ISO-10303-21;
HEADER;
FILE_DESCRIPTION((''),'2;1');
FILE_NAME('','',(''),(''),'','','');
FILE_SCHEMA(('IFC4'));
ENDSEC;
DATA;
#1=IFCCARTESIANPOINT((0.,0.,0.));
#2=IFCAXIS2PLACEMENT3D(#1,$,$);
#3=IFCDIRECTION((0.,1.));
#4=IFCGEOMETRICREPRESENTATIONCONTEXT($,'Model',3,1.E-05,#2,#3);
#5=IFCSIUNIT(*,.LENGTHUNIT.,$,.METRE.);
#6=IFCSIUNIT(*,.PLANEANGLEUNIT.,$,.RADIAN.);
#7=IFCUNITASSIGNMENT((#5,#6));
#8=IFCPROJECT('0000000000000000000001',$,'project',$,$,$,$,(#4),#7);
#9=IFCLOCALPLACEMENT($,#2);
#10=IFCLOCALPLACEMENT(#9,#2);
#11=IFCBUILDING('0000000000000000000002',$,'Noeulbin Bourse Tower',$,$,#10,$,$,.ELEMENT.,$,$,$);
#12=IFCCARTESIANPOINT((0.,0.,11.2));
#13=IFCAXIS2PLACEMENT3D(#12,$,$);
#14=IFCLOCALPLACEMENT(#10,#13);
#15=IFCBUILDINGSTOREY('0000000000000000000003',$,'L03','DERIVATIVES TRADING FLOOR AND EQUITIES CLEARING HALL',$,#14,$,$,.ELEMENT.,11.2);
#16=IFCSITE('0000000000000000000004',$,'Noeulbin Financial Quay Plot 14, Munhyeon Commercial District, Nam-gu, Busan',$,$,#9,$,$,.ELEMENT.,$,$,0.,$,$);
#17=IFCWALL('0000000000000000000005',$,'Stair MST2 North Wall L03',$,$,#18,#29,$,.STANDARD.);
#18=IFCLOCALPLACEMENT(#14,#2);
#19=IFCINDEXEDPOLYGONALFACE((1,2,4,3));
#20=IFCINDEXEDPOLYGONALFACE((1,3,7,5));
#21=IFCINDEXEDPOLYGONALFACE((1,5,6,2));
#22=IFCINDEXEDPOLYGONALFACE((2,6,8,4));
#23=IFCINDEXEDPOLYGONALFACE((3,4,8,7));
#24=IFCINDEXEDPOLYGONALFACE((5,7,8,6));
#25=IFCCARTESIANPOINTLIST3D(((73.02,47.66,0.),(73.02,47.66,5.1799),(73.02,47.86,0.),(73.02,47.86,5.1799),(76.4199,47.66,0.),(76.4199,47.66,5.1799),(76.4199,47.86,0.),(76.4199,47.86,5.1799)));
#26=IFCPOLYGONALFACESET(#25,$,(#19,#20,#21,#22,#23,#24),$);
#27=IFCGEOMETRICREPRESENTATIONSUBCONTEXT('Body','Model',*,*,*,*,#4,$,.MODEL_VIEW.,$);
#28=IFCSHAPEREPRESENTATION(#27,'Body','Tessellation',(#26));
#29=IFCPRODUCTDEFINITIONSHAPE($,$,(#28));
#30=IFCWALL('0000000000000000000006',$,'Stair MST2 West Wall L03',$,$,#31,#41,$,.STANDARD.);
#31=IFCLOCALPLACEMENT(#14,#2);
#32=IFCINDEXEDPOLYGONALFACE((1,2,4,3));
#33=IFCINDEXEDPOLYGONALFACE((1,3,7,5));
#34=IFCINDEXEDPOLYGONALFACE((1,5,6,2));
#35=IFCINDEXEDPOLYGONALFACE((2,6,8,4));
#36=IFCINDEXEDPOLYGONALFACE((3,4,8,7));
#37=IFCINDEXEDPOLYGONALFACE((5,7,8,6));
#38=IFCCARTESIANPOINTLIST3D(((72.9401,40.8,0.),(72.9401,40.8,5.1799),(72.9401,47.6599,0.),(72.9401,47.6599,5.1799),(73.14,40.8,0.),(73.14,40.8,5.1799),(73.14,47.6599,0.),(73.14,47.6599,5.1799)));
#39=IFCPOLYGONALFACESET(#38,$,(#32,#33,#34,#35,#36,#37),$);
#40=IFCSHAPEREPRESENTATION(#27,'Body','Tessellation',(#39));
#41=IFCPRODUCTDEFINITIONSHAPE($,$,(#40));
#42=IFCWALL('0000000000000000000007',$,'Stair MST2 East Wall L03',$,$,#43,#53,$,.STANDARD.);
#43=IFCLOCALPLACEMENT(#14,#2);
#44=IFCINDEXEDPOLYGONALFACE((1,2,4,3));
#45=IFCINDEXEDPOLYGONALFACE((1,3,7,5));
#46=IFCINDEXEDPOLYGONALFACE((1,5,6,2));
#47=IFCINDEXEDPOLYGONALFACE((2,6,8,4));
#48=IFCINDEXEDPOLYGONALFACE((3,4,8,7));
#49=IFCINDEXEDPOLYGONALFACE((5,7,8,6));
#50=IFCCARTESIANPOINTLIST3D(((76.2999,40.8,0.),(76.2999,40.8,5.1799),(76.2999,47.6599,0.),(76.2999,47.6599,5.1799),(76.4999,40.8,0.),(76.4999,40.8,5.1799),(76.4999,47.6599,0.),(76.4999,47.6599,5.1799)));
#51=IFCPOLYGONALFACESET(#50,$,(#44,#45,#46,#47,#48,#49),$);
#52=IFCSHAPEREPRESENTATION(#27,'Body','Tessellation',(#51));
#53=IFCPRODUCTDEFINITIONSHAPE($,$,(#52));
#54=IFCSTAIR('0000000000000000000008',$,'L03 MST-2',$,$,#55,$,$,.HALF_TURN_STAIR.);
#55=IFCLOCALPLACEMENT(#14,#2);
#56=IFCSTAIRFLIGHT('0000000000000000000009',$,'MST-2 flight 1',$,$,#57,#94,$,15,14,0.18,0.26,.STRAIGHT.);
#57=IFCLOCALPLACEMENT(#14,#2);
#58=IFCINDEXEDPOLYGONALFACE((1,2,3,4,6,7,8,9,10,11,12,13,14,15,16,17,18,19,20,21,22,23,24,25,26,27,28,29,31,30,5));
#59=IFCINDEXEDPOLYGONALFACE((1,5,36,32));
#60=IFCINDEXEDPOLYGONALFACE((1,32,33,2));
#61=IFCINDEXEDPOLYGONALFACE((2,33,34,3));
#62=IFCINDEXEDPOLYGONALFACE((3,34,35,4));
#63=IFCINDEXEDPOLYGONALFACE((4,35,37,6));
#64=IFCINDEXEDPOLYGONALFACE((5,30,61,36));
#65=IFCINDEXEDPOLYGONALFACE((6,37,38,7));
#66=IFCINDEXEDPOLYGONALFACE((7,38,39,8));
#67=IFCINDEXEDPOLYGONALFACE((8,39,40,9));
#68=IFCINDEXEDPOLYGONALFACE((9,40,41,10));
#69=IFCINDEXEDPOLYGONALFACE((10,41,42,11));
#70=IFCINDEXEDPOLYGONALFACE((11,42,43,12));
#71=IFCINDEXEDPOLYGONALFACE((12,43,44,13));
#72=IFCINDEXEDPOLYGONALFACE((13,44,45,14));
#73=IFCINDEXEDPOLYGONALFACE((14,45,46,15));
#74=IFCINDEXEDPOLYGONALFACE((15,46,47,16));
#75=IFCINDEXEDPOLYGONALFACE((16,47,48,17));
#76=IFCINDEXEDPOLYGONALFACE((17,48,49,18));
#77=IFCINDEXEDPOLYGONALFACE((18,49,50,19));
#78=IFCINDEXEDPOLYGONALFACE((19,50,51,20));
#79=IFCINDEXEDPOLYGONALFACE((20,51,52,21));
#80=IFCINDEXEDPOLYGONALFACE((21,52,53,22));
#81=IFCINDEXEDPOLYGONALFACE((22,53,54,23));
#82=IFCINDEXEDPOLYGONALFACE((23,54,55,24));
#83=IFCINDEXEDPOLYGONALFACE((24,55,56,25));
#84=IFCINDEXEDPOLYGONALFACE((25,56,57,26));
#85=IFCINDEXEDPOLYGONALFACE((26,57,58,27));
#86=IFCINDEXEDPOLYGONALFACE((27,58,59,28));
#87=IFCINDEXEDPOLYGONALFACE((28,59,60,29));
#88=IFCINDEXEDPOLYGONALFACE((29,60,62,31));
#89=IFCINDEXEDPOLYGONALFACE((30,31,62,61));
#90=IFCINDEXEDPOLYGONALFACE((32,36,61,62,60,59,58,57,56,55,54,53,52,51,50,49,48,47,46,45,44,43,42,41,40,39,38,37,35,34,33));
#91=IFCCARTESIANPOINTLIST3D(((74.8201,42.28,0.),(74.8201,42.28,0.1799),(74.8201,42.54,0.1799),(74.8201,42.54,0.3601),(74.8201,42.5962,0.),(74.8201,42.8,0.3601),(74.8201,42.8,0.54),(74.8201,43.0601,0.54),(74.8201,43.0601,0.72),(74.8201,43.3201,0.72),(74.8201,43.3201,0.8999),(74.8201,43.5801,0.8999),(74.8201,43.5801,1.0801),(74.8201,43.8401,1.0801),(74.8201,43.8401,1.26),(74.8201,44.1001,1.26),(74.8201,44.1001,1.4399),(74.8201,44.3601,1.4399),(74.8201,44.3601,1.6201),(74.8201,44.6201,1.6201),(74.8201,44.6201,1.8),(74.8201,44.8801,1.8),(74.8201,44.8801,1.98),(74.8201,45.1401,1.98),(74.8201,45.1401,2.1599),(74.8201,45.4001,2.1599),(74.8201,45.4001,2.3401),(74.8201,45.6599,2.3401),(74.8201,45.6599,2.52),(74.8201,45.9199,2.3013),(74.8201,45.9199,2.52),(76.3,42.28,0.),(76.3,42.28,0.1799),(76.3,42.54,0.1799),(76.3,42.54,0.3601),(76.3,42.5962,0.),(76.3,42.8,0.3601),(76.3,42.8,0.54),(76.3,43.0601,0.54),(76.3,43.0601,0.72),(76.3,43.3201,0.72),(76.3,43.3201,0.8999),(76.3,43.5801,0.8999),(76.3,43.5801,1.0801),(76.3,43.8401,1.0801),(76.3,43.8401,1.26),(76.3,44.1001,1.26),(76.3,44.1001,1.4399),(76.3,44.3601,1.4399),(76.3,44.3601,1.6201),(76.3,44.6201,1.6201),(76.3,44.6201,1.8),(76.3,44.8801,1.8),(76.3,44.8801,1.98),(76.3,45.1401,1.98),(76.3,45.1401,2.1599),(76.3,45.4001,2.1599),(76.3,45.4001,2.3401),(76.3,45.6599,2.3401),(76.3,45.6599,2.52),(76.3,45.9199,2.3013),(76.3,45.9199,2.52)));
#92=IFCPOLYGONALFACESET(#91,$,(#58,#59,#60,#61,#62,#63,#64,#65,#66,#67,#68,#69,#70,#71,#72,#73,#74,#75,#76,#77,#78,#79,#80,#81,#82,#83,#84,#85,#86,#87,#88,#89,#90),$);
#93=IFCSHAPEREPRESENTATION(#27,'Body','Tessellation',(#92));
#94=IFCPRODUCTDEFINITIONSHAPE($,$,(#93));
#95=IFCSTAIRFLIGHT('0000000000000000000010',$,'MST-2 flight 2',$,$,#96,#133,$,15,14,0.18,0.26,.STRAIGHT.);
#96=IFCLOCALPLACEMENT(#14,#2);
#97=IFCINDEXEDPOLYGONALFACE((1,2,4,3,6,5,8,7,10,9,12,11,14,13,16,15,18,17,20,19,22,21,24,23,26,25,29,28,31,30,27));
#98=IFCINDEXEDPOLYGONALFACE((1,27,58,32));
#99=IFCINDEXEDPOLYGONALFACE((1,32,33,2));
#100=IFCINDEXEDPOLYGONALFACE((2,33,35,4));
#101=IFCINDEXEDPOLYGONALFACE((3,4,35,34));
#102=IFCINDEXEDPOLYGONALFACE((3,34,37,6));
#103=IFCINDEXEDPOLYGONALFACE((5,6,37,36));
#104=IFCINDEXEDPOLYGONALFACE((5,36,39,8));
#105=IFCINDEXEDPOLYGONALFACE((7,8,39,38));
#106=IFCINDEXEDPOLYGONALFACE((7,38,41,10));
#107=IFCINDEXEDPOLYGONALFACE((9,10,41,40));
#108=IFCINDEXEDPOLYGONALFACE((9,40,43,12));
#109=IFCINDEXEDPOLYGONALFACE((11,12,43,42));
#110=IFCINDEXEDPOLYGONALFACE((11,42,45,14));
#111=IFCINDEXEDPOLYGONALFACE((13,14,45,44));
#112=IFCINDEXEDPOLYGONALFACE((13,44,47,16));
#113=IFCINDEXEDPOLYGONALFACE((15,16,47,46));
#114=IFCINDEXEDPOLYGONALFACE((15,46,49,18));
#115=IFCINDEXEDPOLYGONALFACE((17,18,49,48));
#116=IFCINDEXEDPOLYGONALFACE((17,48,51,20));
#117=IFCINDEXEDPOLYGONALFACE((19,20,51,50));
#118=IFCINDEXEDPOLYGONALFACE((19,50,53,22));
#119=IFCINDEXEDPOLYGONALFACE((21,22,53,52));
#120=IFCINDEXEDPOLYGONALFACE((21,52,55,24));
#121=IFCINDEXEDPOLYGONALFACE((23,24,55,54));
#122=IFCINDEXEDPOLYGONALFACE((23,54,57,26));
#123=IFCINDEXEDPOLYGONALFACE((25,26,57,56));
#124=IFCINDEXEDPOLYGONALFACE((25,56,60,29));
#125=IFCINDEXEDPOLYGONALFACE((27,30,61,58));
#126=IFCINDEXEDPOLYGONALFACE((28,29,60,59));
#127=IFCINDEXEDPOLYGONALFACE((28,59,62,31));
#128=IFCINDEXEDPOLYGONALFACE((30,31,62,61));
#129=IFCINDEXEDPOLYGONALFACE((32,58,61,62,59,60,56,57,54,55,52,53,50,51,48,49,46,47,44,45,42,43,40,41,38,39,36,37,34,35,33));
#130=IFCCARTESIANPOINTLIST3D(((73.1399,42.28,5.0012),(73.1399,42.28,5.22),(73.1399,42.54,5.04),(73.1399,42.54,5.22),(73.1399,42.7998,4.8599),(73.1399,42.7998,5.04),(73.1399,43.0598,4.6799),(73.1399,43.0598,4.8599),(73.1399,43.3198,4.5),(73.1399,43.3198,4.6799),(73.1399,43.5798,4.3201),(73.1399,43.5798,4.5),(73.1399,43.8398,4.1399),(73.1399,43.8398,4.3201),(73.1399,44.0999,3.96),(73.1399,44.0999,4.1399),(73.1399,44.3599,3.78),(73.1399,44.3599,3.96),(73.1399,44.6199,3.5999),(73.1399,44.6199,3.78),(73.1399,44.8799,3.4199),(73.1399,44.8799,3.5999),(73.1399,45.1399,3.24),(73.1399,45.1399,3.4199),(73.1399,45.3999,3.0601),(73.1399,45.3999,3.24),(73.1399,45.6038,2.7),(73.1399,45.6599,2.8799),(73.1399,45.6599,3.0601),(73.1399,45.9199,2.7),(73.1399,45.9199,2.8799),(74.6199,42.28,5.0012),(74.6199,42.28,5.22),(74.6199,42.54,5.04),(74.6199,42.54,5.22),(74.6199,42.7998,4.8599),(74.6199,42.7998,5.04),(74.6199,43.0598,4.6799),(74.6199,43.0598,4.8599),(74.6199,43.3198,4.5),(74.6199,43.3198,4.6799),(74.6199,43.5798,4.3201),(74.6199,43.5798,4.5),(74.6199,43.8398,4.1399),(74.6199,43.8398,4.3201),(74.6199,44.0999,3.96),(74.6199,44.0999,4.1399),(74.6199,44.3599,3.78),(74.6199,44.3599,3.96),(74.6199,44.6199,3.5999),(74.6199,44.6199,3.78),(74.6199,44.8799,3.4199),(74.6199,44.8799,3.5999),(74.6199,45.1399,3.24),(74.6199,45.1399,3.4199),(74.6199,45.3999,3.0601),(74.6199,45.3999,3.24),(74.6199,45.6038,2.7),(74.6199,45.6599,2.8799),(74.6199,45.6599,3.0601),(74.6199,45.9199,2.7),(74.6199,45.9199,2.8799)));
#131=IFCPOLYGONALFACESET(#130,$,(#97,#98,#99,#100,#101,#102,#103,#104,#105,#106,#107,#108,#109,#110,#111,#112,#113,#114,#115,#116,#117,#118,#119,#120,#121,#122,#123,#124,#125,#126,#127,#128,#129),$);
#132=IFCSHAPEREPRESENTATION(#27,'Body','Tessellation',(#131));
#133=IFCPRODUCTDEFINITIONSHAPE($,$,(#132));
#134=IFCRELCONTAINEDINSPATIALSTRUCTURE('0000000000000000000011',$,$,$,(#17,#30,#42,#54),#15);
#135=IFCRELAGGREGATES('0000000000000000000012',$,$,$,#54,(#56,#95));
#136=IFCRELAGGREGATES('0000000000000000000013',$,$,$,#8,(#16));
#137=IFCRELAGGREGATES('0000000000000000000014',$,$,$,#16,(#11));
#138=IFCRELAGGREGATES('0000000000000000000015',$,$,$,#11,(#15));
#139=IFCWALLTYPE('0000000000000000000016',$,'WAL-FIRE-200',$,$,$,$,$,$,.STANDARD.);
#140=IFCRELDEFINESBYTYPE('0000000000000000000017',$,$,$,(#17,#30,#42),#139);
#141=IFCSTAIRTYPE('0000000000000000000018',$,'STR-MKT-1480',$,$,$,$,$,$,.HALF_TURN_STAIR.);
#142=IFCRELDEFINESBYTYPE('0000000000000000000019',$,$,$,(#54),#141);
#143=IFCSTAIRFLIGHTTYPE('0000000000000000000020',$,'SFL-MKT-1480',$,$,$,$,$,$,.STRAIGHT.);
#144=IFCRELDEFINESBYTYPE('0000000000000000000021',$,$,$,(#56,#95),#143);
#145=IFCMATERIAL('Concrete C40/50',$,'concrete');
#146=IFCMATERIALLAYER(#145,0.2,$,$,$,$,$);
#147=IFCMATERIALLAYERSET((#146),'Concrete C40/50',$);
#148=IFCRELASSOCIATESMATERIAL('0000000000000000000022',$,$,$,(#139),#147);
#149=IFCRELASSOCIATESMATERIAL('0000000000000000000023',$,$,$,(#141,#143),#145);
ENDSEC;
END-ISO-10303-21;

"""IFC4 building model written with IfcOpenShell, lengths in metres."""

from ifc_helpers import new_model, si_unit, direction, frame, frame_2d, origin, place, context, subcontext, project, spatial, polyline, rectangle, outline, extrude, material, layer, layer_set, type_object, element, aggregate, save


model = new_model("IFC4")

# Units and contexts
model_context = context("Model", 3, precision=1e-05, world=origin(), true_north=direction((0.0, 1.0)))
body_context = subcontext(model_context, "Body", "Model", "MODEL_VIEW")
ifc_project = project(units=[si_unit("LENGTHUNIT", "METRE"), si_unit("PLANEANGLEUNIT", "RADIAN")], contexts=[model_context])

# Site, building, storey
site_placement = place(None, origin())
site = spatial("IfcSite", under=ifc_project, at=site_placement, Name="Noeulbin Financial Quay Plot 14, Munhyeon Commercial District, Nam-gu, Busan", CompositionType="ELEMENT", RefElevation=0.0)
building_placement = place(site_placement, origin())
building = spatial("IfcBuilding", under=site, at=building_placement, Name="Noeulbin Bourse Tower", CompositionType="ELEMENT")
storey_placement = place(building_placement, frame((0.0, 0.0, 11.2)))
storey = spatial("IfcBuildingStorey", under=building, at=storey_placement, Name="L03", Description="DERIVATIVES TRADING FLOOR AND EQUITIES CLEARING HALL", CompositionType="ELEMENT", Elevation=11.2)

# Shared definitions
ifc_material_1 = material(Name="Concrete C40/50", Category="concrete")
ifc_layer_1 = layer(ifc_material_1, 0.2)
ifc_layer_set_1 = layer_set([ifc_layer_1], Name="Concrete C40/50")
wall_type = type_object("IfcWallType", Name="WAL-FIRE-200", PredefinedType="STANDARD", material=ifc_layer_set_1)

# Walls
wall_1_placement = place(storey_placement, frame((73.02, 47.76, 0.0), z_axis=(0.0, 0.0, 1.0), x_axis=(1.0, 0.0, 0.0)))
element("IfcWall", 1, at=wall_1_placement, inside=storey, type_object=wall_type, Name="Stair MST2 North Wall L03", PredefinedType="STANDARD", context=body_context, shape_type="SweptSolid", body=[
    extrude(rectangle(XDim=3.3999, YDim=0.2, at=frame_2d((1.7, 0.0))), origin(), (0.0, 0.0, 1.0), 5.1799),
])
for number, where, z_axis, x_axis, name in (
    (2, (73.04, 40.8, 0.0), (0.0, 0.0, 1.0), (0.0, 1.0, 0.0), "Stair MST2 West Wall L03"),
    (3, (76.3999, 40.8, 0.0), (0.0, 0.0, 1.0), (0.0, 1.0, 0.0), "Stair MST2 East Wall L03"),
):
    element("IfcWall", number, at=place(storey_placement, frame(where, z_axis=z_axis, x_axis=x_axis)), inside=storey, type_object=wall_type, Name=name, PredefinedType="STANDARD", context=body_context, shape_type="SweptSolid", body=[
        extrude(rectangle(XDim=6.8599, YDim=0.2, at=frame_2d((3.4299, 0.0))), origin(), (0.0, 0.0, 1.0), 5.1799),
    ])

# Stair, stair flights
stair_type = type_object("IfcStairType", Name="STR-MKT-1480", PredefinedType="HALF_TURN_STAIR", material=ifc_material_1)
stair_placement = place(storey_placement, origin())
stair = element("IfcStair", 4, at=stair_placement, inside=storey, type_object=stair_type, Name="L03 MST-2", PredefinedType="HALF_TURN_STAIR")
stair_flight_type = type_object("IfcStairFlightType", Name="SFL-MKT-1480", PredefinedType="STRAIGHT", material=ifc_material_1)
stair_flight_1_placement = place(storey_placement, frame((75.5601, 42.28, 0.0), z_axis=(0.0, 0.0, 1.0), x_axis=(0.0, 1.0, 0.0)))
stair_flight_1 = element("IfcStairFlight", 5, at=stair_flight_1_placement, type_object=stair_flight_type, Name="MST-2 flight 1", NumberOfRisers=15, NumberOfTreads=14, PredefinedType="STRAIGHT", RiserHeight=0.18, TreadLength=0.26, context=body_context, shape_type="SweptSolid", body=[
    extrude(outline(polyline([(0.0, 0.0), (0.0, 0.1799), (0.26, 0.1799), (0.26, 0.3601), (0.52, 0.3601), (0.52, 0.54), (0.78, 0.54), (0.78, 0.72), (1.04, 0.72), (1.04, 0.8999), (1.3, 0.8999), (1.3, 1.0801), (1.5601, 1.0801), (1.5601, 1.26), (1.8201, 1.26), (1.8201, 1.4399), (2.0801, 1.4399), (2.0801, 1.6201), (2.3401, 1.6201), (2.3401, 1.8), (2.6001, 1.8), (2.6001, 1.98), (2.8601, 1.98), (2.8601, 2.1599), (3.1201, 2.1599), (3.1201, 2.3401), (3.3799, 2.3401), (3.3799, 2.52), (3.6399, 2.52), (3.6399, 2.7), (3.6399, 2.3013), (0.3162, 0.0), (0.0, 0.0)])), frame((0.0, 0.74, 0.0), z_axis=(0.0, -1.0, 0.0), x_axis=(1.0, 0.0, 0.0)), (0.0, 0.0, 1.0), 1.48),
])
stair_flight_2_placement = place(storey_placement, frame((73.8799, 45.9199, 2.7), z_axis=(0.0, 0.0, 1.0), x_axis=(0.0, -1.0, 0.0)))
stair_flight_2 = element("IfcStairFlight", 6, at=stair_flight_2_placement, type_object=stair_flight_type, Name="MST-2 flight 2", NumberOfRisers=15, NumberOfTreads=14, PredefinedType="STRAIGHT", RiserHeight=0.18, TreadLength=0.26, context=body_context, shape_type="SweptSolid", body=[
    extrude(outline(polyline([(0.0, 0.0), (0.0, 0.1799), (0.26, 0.1799), (0.26, 0.3601), (0.52, 0.3601), (0.52, 0.54), (0.78, 0.54), (0.78, 0.72), (1.04, 0.72), (1.04, 0.8999), (1.3, 0.8999), (1.3, 1.0801), (1.5601, 1.0801), (1.5601, 1.26), (1.8201, 1.26), (1.8201, 1.4399), (2.0801, 1.4399), (2.0801, 1.6201), (2.3401, 1.6201), (2.3401, 1.8), (2.6001, 1.8), (2.6001, 1.98), (2.8601, 1.98), (2.8601, 2.1599), (3.1201, 2.1599), (3.1201, 2.3401), (3.3799, 2.3401), (3.3799, 2.52), (3.6399, 2.52), (3.6399, 2.7), (3.6399, 2.3013), (0.3162, 0.0), (0.0, 0.0)])), frame((0.0, 0.74, 0.0), z_axis=(0.0, -1.0, 0.0), x_axis=(1.0, 0.0, 0.0)), (0.0, 0.0, 1.0), 1.48),
])
aggregate(stair, [stair_flight_1, stair_flight_2])

save(model, "model.ifc")
